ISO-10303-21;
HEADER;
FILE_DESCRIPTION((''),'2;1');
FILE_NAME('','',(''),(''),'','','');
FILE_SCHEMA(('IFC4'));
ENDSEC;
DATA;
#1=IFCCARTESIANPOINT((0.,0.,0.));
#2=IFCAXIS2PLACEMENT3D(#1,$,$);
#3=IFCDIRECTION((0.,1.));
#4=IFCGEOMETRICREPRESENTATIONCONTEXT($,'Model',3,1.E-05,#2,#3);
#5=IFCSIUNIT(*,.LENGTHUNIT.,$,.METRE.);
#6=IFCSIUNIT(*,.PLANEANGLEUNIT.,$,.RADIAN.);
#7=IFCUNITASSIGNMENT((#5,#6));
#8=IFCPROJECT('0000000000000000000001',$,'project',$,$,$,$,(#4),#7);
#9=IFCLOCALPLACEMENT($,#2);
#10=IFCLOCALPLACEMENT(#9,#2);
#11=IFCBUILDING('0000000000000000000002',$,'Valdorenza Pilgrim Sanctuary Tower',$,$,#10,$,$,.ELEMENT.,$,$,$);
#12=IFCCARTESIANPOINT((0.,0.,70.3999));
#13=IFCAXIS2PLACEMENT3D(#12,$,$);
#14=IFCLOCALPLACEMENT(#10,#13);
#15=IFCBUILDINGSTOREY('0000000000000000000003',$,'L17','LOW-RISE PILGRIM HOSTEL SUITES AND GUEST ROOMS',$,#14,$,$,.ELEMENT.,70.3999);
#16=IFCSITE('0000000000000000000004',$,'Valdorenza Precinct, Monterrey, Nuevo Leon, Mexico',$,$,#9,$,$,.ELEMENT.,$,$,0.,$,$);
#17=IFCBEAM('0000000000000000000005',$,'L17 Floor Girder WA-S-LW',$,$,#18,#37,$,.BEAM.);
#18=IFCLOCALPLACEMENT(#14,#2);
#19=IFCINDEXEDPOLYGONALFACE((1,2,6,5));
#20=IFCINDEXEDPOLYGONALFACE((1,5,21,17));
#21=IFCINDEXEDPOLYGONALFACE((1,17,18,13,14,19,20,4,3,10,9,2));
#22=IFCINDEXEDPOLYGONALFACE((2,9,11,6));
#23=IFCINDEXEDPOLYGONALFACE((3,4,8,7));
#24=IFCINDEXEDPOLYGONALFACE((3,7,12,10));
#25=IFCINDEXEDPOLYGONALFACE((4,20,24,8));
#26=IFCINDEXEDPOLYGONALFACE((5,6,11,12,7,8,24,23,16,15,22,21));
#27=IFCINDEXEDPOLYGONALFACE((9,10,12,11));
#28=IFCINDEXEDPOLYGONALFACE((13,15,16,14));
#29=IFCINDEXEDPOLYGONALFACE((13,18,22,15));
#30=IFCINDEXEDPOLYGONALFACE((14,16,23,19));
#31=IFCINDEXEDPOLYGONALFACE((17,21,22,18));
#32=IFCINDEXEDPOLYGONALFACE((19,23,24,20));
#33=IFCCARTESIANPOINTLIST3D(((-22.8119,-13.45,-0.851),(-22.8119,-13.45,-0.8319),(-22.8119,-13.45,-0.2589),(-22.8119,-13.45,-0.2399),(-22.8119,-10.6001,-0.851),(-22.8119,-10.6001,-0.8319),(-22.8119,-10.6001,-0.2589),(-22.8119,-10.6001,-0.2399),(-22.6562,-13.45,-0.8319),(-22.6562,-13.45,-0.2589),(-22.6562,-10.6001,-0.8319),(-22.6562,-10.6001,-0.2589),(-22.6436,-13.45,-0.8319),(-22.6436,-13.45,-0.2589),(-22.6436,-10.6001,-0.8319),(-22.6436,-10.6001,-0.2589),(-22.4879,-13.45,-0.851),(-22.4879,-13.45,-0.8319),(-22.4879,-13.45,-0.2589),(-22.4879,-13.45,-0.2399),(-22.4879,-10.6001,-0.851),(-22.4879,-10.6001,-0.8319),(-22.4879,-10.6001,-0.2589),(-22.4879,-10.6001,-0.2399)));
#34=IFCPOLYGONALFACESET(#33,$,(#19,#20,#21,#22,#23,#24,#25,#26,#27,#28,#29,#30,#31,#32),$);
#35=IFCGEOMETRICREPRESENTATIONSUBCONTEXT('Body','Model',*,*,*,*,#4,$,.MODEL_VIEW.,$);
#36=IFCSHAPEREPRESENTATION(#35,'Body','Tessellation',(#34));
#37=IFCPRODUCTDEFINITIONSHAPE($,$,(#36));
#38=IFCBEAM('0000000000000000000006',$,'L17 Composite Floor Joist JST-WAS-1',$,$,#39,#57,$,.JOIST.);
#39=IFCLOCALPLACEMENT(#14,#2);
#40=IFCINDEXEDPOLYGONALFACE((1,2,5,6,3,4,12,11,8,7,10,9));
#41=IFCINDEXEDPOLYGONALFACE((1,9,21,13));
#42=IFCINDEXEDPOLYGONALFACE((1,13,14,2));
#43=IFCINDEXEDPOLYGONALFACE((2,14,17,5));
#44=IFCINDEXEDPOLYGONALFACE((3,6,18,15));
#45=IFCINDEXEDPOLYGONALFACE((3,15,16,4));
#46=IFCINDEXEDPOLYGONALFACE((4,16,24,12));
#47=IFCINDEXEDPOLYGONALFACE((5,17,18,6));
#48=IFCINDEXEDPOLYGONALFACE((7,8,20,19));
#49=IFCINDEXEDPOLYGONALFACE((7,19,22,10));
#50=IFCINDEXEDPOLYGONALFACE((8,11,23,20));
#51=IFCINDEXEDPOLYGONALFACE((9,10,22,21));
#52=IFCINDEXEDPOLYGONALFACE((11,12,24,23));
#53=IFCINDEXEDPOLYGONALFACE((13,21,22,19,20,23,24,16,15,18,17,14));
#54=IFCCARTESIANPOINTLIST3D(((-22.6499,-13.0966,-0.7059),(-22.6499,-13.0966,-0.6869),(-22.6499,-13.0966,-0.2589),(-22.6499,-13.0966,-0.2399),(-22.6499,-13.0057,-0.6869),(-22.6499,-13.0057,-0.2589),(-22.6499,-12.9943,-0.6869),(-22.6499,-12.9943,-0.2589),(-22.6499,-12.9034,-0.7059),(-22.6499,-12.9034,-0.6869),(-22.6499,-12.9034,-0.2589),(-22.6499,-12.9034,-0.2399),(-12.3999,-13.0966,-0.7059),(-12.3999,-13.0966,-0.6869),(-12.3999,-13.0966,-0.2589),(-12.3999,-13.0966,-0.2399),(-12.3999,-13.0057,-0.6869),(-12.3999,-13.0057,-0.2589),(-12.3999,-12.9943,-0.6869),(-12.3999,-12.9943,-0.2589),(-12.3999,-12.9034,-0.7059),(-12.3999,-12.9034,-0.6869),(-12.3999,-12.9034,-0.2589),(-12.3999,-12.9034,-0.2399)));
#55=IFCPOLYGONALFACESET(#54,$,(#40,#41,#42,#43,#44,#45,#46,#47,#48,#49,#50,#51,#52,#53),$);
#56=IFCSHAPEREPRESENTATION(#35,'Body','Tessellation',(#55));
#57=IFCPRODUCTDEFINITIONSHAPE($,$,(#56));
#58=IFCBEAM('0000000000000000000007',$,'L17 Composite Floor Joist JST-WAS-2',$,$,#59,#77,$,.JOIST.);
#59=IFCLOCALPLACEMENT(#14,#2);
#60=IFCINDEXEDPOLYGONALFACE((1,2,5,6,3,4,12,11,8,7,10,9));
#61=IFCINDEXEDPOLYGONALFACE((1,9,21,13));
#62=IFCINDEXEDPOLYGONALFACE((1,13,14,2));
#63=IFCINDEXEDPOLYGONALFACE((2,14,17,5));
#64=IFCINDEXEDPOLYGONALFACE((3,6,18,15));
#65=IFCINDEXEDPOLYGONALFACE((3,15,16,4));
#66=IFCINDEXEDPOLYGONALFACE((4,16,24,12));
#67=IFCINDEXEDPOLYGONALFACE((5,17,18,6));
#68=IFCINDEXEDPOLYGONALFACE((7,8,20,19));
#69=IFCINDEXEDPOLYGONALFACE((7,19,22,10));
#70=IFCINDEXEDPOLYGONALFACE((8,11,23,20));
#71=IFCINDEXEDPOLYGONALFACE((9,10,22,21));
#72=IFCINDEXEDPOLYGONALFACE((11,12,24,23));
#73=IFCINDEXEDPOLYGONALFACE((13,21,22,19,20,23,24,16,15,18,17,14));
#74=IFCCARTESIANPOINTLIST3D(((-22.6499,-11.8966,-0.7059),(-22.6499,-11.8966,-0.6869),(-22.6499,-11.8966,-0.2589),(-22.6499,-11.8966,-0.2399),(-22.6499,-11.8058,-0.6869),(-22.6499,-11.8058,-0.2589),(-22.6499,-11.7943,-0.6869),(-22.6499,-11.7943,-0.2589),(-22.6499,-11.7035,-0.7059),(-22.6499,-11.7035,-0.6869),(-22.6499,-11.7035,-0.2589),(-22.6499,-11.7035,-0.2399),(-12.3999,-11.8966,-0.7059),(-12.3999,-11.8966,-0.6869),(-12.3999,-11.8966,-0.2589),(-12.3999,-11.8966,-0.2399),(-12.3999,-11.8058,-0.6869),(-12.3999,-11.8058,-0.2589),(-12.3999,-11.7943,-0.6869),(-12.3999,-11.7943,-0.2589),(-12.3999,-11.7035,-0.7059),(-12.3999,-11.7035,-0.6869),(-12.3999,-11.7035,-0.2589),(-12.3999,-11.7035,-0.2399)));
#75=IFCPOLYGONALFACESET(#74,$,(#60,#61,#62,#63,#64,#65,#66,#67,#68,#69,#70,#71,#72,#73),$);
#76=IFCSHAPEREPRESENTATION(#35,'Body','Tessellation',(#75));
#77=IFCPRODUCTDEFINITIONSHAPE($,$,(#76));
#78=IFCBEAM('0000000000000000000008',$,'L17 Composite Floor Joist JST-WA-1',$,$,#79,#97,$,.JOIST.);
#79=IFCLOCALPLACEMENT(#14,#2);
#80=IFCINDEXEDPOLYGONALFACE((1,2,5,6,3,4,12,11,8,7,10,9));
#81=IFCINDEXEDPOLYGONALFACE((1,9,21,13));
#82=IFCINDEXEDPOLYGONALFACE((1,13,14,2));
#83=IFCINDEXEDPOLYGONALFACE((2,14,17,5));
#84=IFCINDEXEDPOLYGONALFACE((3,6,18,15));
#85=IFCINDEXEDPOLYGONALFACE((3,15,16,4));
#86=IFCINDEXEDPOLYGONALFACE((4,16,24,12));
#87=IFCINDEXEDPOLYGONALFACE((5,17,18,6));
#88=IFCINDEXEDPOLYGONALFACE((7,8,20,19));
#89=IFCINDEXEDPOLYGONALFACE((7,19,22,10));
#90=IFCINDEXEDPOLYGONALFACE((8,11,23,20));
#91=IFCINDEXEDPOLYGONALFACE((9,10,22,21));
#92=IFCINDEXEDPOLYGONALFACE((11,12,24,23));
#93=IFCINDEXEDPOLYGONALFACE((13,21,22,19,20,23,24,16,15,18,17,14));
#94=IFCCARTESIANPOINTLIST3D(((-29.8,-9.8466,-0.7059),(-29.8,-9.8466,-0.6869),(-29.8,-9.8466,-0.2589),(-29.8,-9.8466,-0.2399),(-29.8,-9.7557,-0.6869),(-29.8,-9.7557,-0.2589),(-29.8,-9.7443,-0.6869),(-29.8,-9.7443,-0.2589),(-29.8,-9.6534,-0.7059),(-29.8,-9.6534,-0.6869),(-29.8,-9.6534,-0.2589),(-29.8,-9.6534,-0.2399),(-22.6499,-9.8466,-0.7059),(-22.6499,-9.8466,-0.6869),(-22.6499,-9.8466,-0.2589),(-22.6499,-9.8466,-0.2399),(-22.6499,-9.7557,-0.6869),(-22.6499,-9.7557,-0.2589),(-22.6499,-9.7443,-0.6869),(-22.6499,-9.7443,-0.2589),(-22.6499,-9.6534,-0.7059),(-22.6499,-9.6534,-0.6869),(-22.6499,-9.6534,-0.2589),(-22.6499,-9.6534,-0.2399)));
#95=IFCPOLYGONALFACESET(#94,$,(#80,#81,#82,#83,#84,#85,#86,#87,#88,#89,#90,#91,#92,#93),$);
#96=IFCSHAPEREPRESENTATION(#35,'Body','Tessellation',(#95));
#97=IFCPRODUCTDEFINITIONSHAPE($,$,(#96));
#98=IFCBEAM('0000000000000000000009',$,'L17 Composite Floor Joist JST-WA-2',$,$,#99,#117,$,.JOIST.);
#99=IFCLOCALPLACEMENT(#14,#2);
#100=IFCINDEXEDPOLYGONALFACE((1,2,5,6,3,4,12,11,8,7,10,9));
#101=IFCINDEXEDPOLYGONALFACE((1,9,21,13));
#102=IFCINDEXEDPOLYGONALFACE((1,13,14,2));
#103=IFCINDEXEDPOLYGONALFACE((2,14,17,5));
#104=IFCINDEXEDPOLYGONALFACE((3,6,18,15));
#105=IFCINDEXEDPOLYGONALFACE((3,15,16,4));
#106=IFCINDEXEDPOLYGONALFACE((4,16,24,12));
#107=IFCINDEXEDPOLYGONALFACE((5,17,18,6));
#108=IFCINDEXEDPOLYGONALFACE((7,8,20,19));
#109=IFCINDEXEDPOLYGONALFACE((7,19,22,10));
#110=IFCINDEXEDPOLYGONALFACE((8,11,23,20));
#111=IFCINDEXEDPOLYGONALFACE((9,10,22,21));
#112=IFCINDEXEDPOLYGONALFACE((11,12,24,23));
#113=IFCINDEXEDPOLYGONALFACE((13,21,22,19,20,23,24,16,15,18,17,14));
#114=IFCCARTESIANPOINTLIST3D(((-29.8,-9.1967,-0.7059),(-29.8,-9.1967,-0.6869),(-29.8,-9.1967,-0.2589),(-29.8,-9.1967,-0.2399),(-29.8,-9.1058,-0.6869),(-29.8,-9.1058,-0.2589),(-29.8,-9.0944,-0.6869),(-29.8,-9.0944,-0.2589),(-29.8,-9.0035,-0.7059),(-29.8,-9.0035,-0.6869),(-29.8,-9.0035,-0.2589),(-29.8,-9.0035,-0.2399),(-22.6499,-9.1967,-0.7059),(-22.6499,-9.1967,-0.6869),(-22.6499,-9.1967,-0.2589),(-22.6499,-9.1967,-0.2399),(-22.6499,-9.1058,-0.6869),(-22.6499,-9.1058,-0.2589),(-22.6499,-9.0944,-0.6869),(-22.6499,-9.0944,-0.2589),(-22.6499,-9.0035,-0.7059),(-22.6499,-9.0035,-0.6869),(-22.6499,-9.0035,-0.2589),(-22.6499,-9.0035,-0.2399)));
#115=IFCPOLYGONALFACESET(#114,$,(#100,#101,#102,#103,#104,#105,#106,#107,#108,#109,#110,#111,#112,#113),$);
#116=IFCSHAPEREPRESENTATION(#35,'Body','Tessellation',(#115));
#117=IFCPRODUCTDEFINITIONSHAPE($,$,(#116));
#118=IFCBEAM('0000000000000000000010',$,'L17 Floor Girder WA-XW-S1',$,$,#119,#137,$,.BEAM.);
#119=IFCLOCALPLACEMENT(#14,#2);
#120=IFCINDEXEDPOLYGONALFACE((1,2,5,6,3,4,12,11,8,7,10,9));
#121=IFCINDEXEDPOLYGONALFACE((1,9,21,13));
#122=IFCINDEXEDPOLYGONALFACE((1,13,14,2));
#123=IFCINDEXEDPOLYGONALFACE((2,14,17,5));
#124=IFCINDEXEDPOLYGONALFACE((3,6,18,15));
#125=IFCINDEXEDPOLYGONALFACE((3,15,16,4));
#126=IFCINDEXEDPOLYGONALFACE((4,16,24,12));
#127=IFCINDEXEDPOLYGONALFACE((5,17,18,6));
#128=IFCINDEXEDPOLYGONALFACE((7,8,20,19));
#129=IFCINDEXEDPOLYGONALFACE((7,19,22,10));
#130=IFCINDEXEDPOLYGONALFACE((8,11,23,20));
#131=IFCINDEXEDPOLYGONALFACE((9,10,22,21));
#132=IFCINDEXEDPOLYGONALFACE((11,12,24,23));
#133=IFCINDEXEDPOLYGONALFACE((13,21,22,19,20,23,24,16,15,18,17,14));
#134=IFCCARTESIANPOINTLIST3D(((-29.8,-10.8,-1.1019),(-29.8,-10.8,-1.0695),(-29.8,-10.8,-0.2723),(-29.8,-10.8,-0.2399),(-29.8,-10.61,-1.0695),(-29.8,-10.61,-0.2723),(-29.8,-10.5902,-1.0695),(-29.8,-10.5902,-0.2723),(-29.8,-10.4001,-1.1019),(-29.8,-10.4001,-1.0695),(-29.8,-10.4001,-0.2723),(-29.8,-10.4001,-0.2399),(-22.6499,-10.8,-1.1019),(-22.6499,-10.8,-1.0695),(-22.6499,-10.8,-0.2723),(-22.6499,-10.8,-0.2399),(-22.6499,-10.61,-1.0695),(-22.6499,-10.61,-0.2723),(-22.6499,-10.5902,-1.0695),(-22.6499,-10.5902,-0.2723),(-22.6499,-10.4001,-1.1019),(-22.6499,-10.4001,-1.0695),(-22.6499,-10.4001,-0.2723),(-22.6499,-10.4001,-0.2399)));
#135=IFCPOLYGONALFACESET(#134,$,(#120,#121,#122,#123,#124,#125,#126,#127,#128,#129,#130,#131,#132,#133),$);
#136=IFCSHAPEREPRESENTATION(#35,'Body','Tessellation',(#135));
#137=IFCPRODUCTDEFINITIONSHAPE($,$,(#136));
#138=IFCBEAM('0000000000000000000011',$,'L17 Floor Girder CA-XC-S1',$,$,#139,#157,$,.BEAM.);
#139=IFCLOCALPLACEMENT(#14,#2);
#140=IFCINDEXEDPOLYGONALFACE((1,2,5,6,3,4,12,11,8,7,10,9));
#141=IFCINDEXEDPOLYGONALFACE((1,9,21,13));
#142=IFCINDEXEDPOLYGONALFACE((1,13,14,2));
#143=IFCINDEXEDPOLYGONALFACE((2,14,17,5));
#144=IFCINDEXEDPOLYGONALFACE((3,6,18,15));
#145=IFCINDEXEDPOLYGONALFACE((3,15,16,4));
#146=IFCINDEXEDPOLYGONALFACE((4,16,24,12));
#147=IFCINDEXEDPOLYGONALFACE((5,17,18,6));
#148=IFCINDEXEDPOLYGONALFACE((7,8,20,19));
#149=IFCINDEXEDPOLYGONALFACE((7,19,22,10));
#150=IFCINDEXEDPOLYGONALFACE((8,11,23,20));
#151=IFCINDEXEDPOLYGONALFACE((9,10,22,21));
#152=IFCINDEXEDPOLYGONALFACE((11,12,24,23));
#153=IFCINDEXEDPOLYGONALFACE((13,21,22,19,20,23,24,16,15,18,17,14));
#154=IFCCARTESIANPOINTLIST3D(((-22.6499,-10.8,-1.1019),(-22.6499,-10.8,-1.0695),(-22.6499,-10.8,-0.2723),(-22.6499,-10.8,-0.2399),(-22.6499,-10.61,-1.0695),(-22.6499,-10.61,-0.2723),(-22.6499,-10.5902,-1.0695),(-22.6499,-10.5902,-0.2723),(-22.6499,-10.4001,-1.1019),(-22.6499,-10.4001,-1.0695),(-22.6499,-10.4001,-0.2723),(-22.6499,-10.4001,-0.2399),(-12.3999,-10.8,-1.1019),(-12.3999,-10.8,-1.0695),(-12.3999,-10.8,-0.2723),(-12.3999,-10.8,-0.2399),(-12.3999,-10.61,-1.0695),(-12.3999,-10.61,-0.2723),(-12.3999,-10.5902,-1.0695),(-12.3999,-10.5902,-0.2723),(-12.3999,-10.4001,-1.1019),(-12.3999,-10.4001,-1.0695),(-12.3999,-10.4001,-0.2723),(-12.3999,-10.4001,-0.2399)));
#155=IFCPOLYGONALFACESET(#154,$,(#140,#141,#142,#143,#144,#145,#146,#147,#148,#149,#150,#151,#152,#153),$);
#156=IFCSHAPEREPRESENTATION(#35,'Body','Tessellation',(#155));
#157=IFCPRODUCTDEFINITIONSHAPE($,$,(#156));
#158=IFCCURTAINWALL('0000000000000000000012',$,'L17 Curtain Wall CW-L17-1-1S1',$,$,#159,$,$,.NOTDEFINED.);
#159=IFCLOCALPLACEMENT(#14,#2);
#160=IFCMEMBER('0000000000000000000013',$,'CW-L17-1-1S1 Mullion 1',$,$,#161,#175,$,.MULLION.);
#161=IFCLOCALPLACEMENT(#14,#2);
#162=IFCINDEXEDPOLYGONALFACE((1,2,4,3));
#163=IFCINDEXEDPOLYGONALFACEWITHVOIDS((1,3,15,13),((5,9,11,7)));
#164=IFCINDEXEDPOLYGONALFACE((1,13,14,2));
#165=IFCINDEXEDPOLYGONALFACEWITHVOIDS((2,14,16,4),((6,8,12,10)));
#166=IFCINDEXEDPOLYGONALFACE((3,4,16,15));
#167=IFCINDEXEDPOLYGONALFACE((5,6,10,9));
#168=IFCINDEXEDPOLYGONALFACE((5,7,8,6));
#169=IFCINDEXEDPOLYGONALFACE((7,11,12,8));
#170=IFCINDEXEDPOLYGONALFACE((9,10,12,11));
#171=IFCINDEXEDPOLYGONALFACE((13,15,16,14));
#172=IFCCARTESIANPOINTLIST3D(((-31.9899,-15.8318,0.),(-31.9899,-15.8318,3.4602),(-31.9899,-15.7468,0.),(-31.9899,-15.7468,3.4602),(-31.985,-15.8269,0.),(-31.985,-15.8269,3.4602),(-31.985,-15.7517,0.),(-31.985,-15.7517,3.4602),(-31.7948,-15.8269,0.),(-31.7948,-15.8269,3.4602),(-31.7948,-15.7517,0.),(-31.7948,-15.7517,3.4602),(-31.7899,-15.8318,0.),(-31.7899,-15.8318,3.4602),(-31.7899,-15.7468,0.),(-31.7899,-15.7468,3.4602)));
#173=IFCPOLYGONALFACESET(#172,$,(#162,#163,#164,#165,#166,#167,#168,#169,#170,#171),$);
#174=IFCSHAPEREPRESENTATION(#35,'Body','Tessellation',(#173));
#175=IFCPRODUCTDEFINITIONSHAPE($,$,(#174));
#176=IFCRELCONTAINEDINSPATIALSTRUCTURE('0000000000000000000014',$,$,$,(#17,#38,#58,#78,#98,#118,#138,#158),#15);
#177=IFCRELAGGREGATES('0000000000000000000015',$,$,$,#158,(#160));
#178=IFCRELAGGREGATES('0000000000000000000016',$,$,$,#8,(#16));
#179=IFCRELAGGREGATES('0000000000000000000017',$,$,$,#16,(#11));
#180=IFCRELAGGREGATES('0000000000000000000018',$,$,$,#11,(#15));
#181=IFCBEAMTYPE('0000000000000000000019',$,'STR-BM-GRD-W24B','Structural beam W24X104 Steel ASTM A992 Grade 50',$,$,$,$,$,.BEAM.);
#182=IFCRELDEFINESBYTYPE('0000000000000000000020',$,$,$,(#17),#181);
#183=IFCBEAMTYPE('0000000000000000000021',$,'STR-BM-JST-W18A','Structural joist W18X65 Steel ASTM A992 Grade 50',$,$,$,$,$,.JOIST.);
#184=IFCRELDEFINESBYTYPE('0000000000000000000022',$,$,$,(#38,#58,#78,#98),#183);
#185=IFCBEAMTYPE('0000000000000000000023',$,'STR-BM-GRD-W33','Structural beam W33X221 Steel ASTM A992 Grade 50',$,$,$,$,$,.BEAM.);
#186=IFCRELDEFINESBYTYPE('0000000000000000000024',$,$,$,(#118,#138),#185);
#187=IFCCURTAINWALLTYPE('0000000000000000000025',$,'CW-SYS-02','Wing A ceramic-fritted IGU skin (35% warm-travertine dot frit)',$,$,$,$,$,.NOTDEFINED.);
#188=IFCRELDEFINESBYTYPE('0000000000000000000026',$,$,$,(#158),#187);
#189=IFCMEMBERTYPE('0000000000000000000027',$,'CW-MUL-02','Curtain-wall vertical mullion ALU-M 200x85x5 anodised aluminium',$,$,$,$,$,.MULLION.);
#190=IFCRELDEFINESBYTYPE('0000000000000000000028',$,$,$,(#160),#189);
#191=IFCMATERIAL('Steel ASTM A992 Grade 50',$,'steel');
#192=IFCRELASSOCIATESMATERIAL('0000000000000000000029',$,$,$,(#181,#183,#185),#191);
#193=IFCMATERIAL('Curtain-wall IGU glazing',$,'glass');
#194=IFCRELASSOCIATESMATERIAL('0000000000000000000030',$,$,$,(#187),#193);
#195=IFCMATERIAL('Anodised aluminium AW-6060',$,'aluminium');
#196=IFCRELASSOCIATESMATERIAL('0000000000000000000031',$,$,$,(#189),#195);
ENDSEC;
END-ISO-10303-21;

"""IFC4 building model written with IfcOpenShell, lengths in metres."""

from ifc_helpers import new_model, si_unit, direction, frame, origin, origin_2d, place, context, subcontext, project, spatial, hollow_rectangle, i_section, extrude, source, transform, mapped, material, material_profile, profile_set, type_object, element, aggregate, save


model = new_model("IFC4")

# Units and contexts
model_context = context("Model", 3, precision=1e-05, world=origin(), true_north=direction((0.0, 1.0)))
body_context = subcontext(model_context, "Body", "Model", "MODEL_VIEW")
ifc_project = project(units=[si_unit("LENGTHUNIT", "METRE"), si_unit("PLANEANGLEUNIT", "RADIAN")], contexts=[model_context])

# Site, building, storey
site_placement = place(None, origin())
site = spatial("IfcSite", under=ifc_project, at=site_placement, Name="Valdorenza Precinct, Monterrey, Nuevo Leon, Mexico", CompositionType="ELEMENT", RefElevation=0.0)
building_placement = place(site_placement, origin())
building = spatial("IfcBuilding", under=site, at=building_placement, Name="Valdorenza Pilgrim Sanctuary Tower", CompositionType="ELEMENT")
storey_placement = place(building_placement, frame((0.0, 0.0, 70.3999)))
storey = spatial("IfcBuildingStorey", under=building, at=storey_placement, Name="L17", Description="LOW-RISE PILGRIM HOSTEL SUITES AND GUEST ROOMS", CompositionType="ELEMENT", Elevation=70.3999)

# Shared definitions
ifc_material_1 = material(Name="Steel ASTM A992 Grade 50", Category="steel")

# Beams
ifc_material_profile_1 = material_profile(ifc_material_1, i_section(OverallWidth=0.324, OverallDepth=0.6111, WebThickness=0.0127, FlangeThickness=0.019, at=origin_2d()), Name="W24X104")
ifc_profile_set_1 = profile_set([ifc_material_profile_1], Name="Steel ASTM A992 Grade 50")
beam_type_1 = type_object("IfcBeamType", Name="STR-BM-GRD-W24B", Description="Structural beam W24X104 Steel ASTM A992 Grade 50", PredefinedType="BEAM", material=ifc_profile_set_1)
shared_shape_1 = source(origin(), body_context, "Body", "SweptSolid", [
    extrude(i_section(OverallWidth=0.324, OverallDepth=0.6111, WebThickness=0.0127, FlangeThickness=0.019, at=origin_2d()), origin(), (0.0, 0.0, 1.0), 2.8499),
])
beam_1_placement = place(storey_placement, frame((-22.6499, -13.45, -0.5454), z_axis=(0.0, 1.0, 0.0), x_axis=(-1.0, 0.0, 0.0)))
element("IfcBeam", 1, at=beam_1_placement, inside=storey, type_object=beam_type_1, Name="L17 Floor Girder WA-S-LW", PredefinedType="BEAM", context=body_context, shape_type="MappedRepresentation", body=[
    mapped(shared_shape_1, transform((0.0, 0.0, 0.0), x_axis=(1.0, 0.0, 0.0), y_axis=(0.0, 1.0, 0.0), z_axis=(0.0, 0.0, 1.0), scale=1.0)),
])
ifc_material_profile_2 = material_profile(ifc_material_1, i_section(OverallWidth=0.1931, OverallDepth=0.4661, WebThickness=0.0115, FlangeThickness=0.019, at=origin_2d()), Name="W18X65")
ifc_profile_set_2 = profile_set([ifc_material_profile_2], Name="Steel ASTM A992 Grade 50")
beam_type_2 = type_object("IfcBeamType", Name="STR-BM-JST-W18A", Description="Structural joist W18X65 Steel ASTM A992 Grade 50", PredefinedType="JOIST", material=ifc_profile_set_2)
shared_shape_2 = source(origin(), body_context, "Body", "SweptSolid", [
    extrude(i_section(OverallWidth=0.1931, OverallDepth=0.4661, WebThickness=0.0115, FlangeThickness=0.019, at=origin_2d()), origin(), (0.0, 0.0, 1.0), 10.25),
])
for number, where, z_axis, x_axis, name in (
    (2, (-22.6499, -13.0, -0.4729), (1.0, 0.0, 0.0), (0.0, 1.0, 0.0), "L17 Composite Floor Joist JST-WAS-1"),
    (3, (-22.6499, -11.8, -0.4729), (1.0, 0.0, 0.0), (0.0, 1.0, 0.0), "L17 Composite Floor Joist JST-WAS-2"),
):
    element("IfcBeam", number, at=place(storey_placement, frame(where, z_axis=z_axis, x_axis=x_axis)), inside=storey, type_object=beam_type_2, Name=name, PredefinedType="JOIST", context=body_context, shape_type="MappedRepresentation", body=[
        mapped(shared_shape_2, transform((0.0, 0.0, 0.0), x_axis=(1.0, 0.0, 0.0), y_axis=(0.0, 1.0, 0.0), z_axis=(0.0, 0.0, 1.0), scale=1.0)),
    ])
shared_shape_3 = source(origin(), body_context, "Body", "SweptSolid", [
    extrude(i_section(OverallWidth=0.1931, OverallDepth=0.4661, WebThickness=0.0115, FlangeThickness=0.019, at=origin_2d()), origin(), (0.0, 0.0, 1.0), 7.1501),
])
for number, where, z_axis, x_axis, name in (
    (4, (-29.8, -9.75, -0.4729), (1.0, 0.0, 0.0), (0.0, 1.0, 0.0), "L17 Composite Floor Joist JST-WA-1"),
    (5, (-29.8, -9.1001, -0.4729), (1.0, 0.0, 0.0), (0.0, 1.0, 0.0), "L17 Composite Floor Joist JST-WA-2"),
):
    element("IfcBeam", number, at=place(storey_placement, frame(where, z_axis=z_axis, x_axis=x_axis)), inside=storey, type_object=beam_type_2, Name=name, PredefinedType="JOIST", context=body_context, shape_type="MappedRepresentation", body=[
        mapped(shared_shape_3, transform((0.0, 0.0, 0.0), x_axis=(1.0, 0.0, 0.0), y_axis=(0.0, 1.0, 0.0), z_axis=(0.0, 0.0, 1.0), scale=1.0)),
    ])
ifc_material_profile_3 = material_profile(ifc_material_1, i_section(OverallWidth=0.3999, OverallDepth=0.8621, WebThickness=0.0198, FlangeThickness=0.0325, at=origin_2d()), Name="W33X221")
ifc_profile_set_3 = profile_set([ifc_material_profile_3], Name="Steel ASTM A992 Grade 50")
beam_type_3 = type_object("IfcBeamType", Name="STR-BM-GRD-W33", Description="Structural beam W33X221 Steel ASTM A992 Grade 50", PredefinedType="BEAM", material=ifc_profile_set_3)
shared_shape_4 = source(origin(), body_context, "Body", "SweptSolid", [
    extrude(i_section(OverallWidth=0.3999, OverallDepth=0.8621, WebThickness=0.0198, FlangeThickness=0.0325, at=origin_2d()), origin(), (0.0, 0.0, 1.0), 7.1501),
])
beam_2_placement = place(storey_placement, frame((-29.8, -10.6001, -0.6709), z_axis=(1.0, 0.0, 0.0), x_axis=(0.0, 1.0, 0.0)))
element("IfcBeam", 6, at=beam_2_placement, inside=storey, type_object=beam_type_3, Name="L17 Floor Girder WA-XW-S1", PredefinedType="BEAM", context=body_context, shape_type="MappedRepresentation", body=[
    mapped(shared_shape_4, transform((0.0, 0.0, 0.0), x_axis=(1.0, 0.0, 0.0), y_axis=(0.0, 1.0, 0.0), z_axis=(0.0, 0.0, 1.0), scale=1.0)),
])
shared_shape_5 = source(origin(), body_context, "Body", "SweptSolid", [
    extrude(i_section(OverallWidth=0.3999, OverallDepth=0.8621, WebThickness=0.0198, FlangeThickness=0.0325, at=origin_2d()), origin(), (0.0, 0.0, 1.0), 10.25),
])
beam_3_placement = place(storey_placement, frame((-22.6499, -10.6001, -0.6709), z_axis=(1.0, 0.0, 0.0), x_axis=(0.0, 1.0, 0.0)))
element("IfcBeam", 7, at=beam_3_placement, inside=storey, type_object=beam_type_3, Name="L17 Floor Girder CA-XC-S1", PredefinedType="BEAM", context=body_context, shape_type="MappedRepresentation", body=[
    mapped(shared_shape_5, transform((0.0, 0.0, 0.0), x_axis=(1.0, 0.0, 0.0), y_axis=(0.0, 1.0, 0.0), z_axis=(0.0, 0.0, 1.0), scale=1.0)),
])

# Curtain wall, member
ifc_material_2 = material(Name="Curtain-wall IGU glazing", Category="glass")
curtain_wall_type = type_object("IfcCurtainWallType", Name="CW-SYS-02", Description="Wing A ceramic-fritted IGU skin (35% warm-travertine dot frit)", PredefinedType="NOTDEFINED", material=ifc_material_2)
curtain_wall_1_placement = place(storey_placement, origin())
curtain_wall_1 = element("IfcCurtainWall", 8, at=curtain_wall_1_placement, inside=storey, type_object=curtain_wall_type, Name="L17 Curtain Wall CW-L17-1-1S1", PredefinedType="NOTDEFINED")
ifc_material_3 = material(Name="Anodised aluminium AW-6060", Category="aluminium")
ifc_material_profile_4 = material_profile(ifc_material_3, hollow_rectangle(XDim=0.085, YDim=0.2, WallThickness=0.0049, at=origin_2d()), Name="ALU-M 200x85x5")
ifc_profile_set_4 = profile_set([ifc_material_profile_4], Name="Anodised aluminium AW-6060")
member_type_1 = type_object("IfcMemberType", Name="CW-MUL-02", Description="Curtain-wall vertical mullion ALU-M 200x85x5 anodised aluminium", PredefinedType="MULLION", material=ifc_profile_set_4)
shared_shape_6 = source(origin(), body_context, "Body", "SweptSolid", [
    extrude(hollow_rectangle(XDim=0.085, YDim=0.2, WallThickness=0.0049, at=origin_2d()), origin(), (0.0, 0.0, 1.0), 3.4602),
])
member_1_placement = place(storey_placement, frame((-31.8899, -15.7893, 0.0), z_axis=(0.0, 0.0, 1.0), x_axis=(0.0, 1.0, 0.0)))
member_1 = element("IfcMember", 9, at=member_1_placement, type_object=member_type_1, Name="CW-L17-1-1S1 Mullion 1", PredefinedType="MULLION", context=body_context, shape_type="MappedRepresentation", body=[
    mapped(shared_shape_6, transform((0.0, 0.0, 0.0), x_axis=(1.0, 0.0, 0.0), y_axis=(0.0, 1.0, 0.0), z_axis=(0.0, 0.0, 1.0), scale=1.0)),
])

aggregate(curtain_wall_1, [member_1])

save(model, "model.ifc")
